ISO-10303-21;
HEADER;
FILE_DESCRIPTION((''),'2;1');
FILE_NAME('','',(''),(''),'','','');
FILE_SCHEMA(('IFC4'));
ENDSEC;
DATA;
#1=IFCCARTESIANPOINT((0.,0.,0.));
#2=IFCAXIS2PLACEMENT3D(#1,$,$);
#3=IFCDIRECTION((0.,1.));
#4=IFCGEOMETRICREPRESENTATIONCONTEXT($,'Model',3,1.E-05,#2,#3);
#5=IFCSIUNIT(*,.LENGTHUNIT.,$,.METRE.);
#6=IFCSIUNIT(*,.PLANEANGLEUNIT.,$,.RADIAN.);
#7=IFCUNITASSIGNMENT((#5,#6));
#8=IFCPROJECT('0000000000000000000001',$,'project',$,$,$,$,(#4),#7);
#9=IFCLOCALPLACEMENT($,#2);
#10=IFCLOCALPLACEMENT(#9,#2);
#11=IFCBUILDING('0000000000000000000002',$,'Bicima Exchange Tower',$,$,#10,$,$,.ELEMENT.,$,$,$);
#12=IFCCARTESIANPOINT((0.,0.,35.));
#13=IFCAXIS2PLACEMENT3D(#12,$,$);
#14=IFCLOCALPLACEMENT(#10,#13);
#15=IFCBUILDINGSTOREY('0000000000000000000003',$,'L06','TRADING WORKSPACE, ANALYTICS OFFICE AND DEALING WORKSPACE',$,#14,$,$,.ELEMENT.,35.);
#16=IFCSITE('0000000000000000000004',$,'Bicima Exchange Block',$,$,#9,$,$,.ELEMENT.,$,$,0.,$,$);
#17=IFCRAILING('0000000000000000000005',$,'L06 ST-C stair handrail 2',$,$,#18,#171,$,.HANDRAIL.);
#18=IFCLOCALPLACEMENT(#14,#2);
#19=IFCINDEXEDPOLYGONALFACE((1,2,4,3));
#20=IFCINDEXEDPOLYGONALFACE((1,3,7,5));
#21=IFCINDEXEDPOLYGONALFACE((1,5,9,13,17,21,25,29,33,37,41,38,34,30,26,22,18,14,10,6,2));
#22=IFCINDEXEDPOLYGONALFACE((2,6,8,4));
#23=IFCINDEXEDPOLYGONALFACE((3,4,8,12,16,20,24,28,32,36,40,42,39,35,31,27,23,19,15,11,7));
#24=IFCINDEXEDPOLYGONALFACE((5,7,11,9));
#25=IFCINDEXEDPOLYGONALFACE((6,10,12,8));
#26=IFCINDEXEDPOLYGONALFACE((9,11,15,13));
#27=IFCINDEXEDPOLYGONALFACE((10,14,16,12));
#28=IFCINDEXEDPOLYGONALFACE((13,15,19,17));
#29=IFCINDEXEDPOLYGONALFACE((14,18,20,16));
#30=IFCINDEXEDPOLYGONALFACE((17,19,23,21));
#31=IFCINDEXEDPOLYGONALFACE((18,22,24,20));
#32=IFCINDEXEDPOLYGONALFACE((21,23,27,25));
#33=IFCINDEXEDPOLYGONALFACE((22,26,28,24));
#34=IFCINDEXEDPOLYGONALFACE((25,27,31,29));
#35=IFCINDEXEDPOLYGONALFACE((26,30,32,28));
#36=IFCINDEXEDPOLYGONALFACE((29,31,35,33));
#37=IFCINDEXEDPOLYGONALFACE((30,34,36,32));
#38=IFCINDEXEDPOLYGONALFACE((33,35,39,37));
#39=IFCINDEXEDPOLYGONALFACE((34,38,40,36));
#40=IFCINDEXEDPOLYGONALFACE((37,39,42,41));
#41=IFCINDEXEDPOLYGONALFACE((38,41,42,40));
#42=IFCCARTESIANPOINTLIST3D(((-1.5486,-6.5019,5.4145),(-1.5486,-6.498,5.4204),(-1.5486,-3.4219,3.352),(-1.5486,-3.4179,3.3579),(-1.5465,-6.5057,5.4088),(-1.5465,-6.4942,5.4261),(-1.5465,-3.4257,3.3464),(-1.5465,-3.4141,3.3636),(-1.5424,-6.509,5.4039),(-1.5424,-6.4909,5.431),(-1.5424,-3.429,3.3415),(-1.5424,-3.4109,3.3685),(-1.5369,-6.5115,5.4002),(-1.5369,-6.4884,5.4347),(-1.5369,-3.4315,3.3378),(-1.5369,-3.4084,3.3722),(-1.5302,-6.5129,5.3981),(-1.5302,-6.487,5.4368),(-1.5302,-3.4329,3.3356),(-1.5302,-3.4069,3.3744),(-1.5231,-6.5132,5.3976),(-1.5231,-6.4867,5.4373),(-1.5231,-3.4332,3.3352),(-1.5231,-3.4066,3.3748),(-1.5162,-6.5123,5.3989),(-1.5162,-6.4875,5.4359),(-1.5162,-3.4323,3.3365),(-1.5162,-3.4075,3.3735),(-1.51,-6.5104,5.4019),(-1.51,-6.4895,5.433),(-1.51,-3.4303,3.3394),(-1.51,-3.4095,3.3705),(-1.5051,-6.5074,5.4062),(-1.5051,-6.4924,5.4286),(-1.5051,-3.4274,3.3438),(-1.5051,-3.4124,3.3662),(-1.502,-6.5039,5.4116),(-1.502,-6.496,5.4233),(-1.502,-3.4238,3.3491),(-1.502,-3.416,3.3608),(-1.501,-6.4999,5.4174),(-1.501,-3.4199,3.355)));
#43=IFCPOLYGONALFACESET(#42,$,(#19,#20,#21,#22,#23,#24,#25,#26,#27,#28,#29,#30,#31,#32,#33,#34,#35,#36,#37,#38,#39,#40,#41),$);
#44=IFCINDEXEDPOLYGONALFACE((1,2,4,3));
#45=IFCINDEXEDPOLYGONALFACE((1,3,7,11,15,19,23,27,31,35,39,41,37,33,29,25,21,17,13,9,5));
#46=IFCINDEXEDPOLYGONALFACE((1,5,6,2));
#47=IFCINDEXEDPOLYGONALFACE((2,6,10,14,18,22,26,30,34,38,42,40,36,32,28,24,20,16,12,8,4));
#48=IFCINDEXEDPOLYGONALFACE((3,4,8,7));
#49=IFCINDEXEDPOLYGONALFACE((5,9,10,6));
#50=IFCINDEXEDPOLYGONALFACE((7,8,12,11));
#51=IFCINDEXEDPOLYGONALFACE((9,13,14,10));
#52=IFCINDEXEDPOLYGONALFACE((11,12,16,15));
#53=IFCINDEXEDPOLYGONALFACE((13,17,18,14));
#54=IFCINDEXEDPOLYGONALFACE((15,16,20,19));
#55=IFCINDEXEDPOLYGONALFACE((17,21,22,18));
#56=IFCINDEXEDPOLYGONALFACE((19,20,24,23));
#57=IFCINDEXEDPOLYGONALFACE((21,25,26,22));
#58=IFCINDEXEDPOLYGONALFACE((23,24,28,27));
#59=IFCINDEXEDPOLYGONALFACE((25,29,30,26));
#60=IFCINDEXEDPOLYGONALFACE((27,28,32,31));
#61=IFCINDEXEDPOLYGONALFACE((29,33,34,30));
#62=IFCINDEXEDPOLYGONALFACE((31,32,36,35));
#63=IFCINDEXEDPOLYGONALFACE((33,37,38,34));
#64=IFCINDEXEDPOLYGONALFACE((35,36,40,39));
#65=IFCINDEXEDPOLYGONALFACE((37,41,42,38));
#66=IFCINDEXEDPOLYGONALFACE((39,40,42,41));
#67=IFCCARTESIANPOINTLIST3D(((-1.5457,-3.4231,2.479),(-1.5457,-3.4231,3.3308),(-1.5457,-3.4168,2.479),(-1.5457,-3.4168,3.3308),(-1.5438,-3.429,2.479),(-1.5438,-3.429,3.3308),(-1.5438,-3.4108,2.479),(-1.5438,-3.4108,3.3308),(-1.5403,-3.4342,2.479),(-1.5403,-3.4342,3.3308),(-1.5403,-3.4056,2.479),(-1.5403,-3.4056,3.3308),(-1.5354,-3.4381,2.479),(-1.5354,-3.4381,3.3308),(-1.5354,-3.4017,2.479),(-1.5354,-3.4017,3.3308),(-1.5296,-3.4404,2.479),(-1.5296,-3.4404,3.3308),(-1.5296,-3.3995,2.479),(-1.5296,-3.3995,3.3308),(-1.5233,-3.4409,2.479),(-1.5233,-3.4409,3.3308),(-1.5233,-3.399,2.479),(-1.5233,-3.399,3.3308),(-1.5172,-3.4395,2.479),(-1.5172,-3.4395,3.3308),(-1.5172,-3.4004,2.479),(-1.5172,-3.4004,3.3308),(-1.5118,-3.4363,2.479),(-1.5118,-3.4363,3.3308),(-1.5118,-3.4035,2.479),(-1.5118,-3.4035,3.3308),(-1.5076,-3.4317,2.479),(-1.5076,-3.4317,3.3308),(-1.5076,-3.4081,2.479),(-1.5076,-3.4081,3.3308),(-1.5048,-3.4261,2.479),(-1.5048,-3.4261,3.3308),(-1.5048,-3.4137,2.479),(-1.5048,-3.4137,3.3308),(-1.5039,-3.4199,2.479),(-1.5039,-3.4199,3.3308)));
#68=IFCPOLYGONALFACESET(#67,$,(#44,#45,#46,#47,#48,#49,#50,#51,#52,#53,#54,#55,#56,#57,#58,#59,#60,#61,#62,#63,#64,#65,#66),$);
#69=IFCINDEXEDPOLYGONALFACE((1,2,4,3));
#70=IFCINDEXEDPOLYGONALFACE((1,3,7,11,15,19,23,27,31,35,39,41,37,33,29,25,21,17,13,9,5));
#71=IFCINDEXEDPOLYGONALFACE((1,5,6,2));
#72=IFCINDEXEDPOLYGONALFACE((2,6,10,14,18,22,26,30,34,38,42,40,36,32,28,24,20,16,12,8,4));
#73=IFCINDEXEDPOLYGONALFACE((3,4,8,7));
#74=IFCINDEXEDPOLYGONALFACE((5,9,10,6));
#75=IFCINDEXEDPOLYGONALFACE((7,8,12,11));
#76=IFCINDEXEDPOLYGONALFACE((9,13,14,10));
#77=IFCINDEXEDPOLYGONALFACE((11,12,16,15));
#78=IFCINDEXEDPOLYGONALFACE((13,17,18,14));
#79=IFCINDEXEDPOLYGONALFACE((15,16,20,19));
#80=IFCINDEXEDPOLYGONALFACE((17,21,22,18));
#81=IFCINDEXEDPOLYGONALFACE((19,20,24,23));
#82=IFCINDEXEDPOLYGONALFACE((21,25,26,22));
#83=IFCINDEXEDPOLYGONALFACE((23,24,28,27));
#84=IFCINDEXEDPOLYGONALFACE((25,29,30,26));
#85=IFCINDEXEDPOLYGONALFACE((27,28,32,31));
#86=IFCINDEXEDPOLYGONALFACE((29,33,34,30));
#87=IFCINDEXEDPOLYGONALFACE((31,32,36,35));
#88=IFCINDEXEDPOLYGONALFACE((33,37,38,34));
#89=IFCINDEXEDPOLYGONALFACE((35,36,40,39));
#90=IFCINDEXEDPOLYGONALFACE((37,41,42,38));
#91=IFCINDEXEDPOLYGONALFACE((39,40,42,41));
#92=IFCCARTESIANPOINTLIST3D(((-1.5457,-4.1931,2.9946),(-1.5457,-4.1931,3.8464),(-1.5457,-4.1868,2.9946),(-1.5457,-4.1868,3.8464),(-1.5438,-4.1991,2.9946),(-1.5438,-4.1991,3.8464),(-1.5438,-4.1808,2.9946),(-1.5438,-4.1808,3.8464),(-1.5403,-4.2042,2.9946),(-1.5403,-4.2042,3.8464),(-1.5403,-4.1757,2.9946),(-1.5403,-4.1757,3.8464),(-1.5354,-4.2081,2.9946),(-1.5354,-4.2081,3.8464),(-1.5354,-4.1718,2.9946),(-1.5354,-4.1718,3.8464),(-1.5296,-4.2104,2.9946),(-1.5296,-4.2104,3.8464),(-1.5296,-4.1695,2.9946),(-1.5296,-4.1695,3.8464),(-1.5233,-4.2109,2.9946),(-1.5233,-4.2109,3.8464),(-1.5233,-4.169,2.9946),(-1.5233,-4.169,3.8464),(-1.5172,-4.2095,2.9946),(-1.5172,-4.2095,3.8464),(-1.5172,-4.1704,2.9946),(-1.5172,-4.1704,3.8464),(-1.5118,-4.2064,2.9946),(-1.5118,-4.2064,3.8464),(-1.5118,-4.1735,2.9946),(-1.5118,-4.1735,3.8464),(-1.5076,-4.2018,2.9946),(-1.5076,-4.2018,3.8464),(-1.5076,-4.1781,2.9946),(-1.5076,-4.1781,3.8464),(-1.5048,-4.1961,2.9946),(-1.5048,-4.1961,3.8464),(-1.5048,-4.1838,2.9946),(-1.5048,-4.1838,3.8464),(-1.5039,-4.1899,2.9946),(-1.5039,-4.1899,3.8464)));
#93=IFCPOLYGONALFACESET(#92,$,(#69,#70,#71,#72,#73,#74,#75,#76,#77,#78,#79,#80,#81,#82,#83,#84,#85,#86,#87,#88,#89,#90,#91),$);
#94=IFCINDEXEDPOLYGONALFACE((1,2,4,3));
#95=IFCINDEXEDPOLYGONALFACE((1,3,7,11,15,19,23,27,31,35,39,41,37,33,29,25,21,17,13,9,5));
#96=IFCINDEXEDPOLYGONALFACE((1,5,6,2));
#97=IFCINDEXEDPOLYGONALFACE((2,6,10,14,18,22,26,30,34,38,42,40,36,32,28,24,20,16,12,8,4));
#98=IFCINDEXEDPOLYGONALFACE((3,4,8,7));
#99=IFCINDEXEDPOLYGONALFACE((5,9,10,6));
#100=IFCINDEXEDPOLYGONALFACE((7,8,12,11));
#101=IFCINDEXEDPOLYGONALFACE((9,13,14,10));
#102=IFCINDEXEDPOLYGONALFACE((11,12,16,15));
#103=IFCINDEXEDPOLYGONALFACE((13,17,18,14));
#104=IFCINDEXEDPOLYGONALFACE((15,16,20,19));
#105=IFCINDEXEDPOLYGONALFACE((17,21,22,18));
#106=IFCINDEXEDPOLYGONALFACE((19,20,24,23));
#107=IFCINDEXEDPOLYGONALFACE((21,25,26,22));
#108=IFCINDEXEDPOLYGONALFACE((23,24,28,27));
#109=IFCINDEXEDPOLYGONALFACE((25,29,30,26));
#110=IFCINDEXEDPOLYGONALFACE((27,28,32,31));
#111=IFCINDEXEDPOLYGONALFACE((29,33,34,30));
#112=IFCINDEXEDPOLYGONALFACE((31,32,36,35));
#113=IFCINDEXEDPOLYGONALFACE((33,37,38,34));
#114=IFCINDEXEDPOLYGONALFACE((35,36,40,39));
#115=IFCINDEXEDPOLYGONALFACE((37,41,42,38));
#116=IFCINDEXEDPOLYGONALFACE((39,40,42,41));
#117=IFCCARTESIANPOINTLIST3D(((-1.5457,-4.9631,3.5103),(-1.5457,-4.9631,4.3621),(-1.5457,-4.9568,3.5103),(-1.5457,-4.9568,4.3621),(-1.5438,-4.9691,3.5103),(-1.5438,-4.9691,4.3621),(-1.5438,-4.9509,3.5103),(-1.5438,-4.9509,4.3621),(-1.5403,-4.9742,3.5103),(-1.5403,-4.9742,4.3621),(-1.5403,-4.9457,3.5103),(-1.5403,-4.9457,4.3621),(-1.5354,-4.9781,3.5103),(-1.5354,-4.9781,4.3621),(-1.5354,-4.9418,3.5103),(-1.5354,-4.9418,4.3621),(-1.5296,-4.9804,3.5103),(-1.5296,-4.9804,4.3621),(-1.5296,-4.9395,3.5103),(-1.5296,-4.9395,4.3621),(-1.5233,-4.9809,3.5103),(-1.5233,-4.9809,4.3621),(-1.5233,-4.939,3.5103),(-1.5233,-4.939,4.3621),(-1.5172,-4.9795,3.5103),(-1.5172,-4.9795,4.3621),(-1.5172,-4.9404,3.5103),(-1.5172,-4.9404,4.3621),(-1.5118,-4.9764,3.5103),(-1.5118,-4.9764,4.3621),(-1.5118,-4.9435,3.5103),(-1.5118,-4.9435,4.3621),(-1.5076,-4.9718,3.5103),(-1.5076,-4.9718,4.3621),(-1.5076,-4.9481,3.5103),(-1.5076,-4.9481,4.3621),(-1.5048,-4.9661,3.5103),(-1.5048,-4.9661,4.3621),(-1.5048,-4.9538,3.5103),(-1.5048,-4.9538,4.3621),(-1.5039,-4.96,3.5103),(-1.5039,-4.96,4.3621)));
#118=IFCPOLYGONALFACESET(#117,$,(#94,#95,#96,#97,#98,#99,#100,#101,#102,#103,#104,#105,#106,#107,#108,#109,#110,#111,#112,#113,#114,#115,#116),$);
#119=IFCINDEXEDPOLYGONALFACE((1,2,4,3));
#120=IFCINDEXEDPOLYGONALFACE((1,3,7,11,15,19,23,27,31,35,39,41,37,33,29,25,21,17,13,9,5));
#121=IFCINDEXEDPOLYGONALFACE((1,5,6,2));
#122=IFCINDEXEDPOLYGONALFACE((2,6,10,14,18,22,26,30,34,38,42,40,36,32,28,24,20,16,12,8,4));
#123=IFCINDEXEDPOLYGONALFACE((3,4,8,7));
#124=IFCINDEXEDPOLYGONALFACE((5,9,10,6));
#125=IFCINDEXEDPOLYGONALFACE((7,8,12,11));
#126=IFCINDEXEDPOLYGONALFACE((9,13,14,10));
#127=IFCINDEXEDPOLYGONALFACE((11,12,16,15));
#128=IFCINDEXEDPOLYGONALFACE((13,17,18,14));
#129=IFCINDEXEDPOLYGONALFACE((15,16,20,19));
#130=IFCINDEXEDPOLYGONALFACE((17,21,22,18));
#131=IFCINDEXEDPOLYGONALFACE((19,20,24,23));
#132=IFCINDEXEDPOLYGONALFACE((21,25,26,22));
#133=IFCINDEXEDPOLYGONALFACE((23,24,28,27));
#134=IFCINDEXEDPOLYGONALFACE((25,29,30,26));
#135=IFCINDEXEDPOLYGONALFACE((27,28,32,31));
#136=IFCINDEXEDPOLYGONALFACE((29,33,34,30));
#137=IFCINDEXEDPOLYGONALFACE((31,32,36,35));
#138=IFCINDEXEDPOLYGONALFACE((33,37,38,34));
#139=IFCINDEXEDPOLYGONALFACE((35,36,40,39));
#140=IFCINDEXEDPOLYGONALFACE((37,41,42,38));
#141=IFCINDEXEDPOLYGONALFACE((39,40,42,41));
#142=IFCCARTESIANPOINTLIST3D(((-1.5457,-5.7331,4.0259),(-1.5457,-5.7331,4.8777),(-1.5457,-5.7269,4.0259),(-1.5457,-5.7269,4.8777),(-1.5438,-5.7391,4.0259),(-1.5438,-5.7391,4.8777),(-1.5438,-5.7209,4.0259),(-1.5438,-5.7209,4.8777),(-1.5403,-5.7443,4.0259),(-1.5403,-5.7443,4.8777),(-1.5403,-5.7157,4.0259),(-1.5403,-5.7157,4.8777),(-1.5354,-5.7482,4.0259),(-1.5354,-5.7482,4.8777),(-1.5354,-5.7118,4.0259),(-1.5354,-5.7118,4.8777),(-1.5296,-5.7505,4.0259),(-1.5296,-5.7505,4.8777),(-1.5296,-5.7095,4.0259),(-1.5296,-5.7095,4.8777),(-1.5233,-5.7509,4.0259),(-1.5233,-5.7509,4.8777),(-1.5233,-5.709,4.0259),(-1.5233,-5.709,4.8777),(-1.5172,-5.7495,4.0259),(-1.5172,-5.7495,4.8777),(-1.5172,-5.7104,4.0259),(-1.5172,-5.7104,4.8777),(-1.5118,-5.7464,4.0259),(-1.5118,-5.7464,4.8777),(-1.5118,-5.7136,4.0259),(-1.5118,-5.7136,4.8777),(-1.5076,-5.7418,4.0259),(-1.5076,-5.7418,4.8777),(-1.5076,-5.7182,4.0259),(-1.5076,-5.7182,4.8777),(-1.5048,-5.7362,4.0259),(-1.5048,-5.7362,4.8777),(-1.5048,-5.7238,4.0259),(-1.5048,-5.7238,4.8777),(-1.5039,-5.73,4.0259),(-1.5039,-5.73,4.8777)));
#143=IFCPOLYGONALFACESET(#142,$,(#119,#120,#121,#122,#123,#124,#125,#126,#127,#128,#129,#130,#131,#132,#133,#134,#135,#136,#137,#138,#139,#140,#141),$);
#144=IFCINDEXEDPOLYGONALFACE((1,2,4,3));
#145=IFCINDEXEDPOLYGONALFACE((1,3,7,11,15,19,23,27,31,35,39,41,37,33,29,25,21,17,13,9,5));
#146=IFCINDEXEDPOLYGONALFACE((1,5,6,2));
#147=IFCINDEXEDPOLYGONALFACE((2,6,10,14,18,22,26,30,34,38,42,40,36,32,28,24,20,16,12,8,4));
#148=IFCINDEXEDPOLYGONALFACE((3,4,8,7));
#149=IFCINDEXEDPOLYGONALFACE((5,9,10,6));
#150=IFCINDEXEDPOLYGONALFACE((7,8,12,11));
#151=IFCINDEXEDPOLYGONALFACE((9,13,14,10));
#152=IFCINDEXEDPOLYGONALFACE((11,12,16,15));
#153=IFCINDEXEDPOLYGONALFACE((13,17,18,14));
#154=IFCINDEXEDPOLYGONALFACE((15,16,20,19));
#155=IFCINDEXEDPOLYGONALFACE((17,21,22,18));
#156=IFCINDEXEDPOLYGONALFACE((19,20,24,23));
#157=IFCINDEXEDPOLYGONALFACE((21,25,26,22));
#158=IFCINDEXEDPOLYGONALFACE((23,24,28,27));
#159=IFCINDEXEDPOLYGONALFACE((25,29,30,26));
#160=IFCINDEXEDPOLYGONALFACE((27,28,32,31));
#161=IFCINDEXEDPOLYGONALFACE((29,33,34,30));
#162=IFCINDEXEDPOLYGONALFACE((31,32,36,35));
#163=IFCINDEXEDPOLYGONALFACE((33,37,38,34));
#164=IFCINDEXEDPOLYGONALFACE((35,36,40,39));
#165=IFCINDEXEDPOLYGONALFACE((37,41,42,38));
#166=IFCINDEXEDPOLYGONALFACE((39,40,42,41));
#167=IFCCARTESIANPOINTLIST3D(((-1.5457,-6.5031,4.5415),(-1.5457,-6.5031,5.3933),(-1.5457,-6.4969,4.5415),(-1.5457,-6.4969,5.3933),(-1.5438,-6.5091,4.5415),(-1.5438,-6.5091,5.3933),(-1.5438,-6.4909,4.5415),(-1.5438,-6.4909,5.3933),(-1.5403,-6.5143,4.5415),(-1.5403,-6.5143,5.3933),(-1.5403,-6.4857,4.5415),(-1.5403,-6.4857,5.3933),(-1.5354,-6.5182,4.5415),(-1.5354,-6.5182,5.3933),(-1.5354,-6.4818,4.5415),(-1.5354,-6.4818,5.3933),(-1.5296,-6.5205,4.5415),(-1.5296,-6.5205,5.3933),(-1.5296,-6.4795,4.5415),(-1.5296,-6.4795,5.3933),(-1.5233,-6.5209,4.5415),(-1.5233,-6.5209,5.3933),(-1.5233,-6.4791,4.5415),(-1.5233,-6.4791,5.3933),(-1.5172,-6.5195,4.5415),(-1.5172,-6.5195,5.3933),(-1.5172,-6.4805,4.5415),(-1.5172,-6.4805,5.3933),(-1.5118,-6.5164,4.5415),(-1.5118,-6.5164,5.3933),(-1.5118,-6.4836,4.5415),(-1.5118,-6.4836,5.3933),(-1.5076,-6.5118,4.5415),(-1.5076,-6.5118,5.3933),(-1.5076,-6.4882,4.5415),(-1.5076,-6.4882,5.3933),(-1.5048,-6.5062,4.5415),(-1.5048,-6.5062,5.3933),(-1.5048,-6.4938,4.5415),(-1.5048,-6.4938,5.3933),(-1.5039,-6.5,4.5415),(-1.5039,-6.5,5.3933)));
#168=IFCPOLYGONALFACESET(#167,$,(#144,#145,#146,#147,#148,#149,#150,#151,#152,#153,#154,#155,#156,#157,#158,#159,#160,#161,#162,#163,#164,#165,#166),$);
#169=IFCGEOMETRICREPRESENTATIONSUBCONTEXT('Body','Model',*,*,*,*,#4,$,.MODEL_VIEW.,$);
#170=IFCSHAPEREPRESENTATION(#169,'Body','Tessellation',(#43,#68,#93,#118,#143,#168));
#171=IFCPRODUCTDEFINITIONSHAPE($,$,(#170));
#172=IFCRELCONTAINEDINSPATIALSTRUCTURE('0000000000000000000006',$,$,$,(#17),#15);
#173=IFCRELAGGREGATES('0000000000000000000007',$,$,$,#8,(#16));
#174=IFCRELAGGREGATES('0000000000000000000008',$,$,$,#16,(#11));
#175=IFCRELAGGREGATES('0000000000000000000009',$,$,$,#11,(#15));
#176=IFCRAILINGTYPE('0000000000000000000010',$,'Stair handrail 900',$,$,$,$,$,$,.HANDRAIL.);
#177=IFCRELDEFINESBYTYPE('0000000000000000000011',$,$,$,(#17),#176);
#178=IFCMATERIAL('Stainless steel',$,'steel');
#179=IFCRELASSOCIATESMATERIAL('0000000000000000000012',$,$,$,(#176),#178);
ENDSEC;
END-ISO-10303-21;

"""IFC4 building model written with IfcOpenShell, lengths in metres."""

from ifc_helpers import new_model, si_unit, direction, frame, origin, origin_2d, place, context, subcontext, project, spatial, circle, extrude, material, type_object, element, save


model = new_model("IFC4")

# Units and contexts
model_context = context("Model", 3, precision=1e-05, world=origin(), true_north=direction((0.0, 1.0)))
body_context = subcontext(model_context, "Body", "Model", "MODEL_VIEW")
ifc_project = project(units=[si_unit("LENGTHUNIT", "METRE"), si_unit("PLANEANGLEUNIT", "RADIAN")], contexts=[model_context])

# Site, building, storey
site_placement = place(None, origin())
site = spatial("IfcSite", under=ifc_project, at=site_placement, Name="Bicima Exchange Block", CompositionType="ELEMENT", RefElevation=0.0)
building_placement = place(site_placement, origin())
building = spatial("IfcBuilding", under=site, at=building_placement, Name="Bicima Exchange Tower", CompositionType="ELEMENT")
storey_placement = place(building_placement, frame((0.0, 0.0, 35.0)))
storey = spatial("IfcBuildingStorey", under=building, at=storey_placement, Name="L06", Description="TRADING WORKSPACE, ANALYTICS OFFICE AND DEALING WORKSPACE", CompositionType="ELEMENT", Elevation=35.0)

# Railing
ifc_material_1 = material(Name="Stainless steel", Category="steel")
railing_type = type_object("IfcRailingType", Name="Stair handrail 900", PredefinedType="HANDRAIL", material=ifc_material_1)
railing_placement = place(storey_placement, frame((-1.5249, -3.4199, 2.479)))
element("IfcRailing", 1, at=railing_placement, inside=storey, type_object=railing_type, Name="L06 ST-C stair handrail 2", PredefinedType="HANDRAIL", context=body_context, shape_type="SweptSolid", body=[
    extrude(circle(Radius=0.0239, at=origin_2d()), frame((0.0, 0.0, 0.876), z_axis=(0.0, -0.830914, 0.556401), x_axis=(1.0, 0.0, 0.0)), (0.0, 0.0, 1.0), 3.7068),
    extrude(circle(Radius=0.021, at=origin_2d()), origin(), (0.0, 0.0, 1.0), 0.8518),
    extrude(circle(Radius=0.021, at=origin_2d()), frame((0.0, -0.77, 0.5156)), (0.0, 0.0, 1.0), 0.8518),
    extrude(circle(Radius=0.021, at=origin_2d()), frame((0.0, -1.54, 1.0312)), (0.0, 0.0, 1.0), 0.8518),
    extrude(circle(Radius=0.021, at=origin_2d()), frame((0.0, -2.3101, 1.5469)), (0.0, 0.0, 1.0), 0.8518),
    extrude(circle(Radius=0.021, at=origin_2d()), frame((0.0, -3.0801, 2.0625)), (0.0, 0.0, 1.0), 0.8518),
])

save(model, "model.ifc")
